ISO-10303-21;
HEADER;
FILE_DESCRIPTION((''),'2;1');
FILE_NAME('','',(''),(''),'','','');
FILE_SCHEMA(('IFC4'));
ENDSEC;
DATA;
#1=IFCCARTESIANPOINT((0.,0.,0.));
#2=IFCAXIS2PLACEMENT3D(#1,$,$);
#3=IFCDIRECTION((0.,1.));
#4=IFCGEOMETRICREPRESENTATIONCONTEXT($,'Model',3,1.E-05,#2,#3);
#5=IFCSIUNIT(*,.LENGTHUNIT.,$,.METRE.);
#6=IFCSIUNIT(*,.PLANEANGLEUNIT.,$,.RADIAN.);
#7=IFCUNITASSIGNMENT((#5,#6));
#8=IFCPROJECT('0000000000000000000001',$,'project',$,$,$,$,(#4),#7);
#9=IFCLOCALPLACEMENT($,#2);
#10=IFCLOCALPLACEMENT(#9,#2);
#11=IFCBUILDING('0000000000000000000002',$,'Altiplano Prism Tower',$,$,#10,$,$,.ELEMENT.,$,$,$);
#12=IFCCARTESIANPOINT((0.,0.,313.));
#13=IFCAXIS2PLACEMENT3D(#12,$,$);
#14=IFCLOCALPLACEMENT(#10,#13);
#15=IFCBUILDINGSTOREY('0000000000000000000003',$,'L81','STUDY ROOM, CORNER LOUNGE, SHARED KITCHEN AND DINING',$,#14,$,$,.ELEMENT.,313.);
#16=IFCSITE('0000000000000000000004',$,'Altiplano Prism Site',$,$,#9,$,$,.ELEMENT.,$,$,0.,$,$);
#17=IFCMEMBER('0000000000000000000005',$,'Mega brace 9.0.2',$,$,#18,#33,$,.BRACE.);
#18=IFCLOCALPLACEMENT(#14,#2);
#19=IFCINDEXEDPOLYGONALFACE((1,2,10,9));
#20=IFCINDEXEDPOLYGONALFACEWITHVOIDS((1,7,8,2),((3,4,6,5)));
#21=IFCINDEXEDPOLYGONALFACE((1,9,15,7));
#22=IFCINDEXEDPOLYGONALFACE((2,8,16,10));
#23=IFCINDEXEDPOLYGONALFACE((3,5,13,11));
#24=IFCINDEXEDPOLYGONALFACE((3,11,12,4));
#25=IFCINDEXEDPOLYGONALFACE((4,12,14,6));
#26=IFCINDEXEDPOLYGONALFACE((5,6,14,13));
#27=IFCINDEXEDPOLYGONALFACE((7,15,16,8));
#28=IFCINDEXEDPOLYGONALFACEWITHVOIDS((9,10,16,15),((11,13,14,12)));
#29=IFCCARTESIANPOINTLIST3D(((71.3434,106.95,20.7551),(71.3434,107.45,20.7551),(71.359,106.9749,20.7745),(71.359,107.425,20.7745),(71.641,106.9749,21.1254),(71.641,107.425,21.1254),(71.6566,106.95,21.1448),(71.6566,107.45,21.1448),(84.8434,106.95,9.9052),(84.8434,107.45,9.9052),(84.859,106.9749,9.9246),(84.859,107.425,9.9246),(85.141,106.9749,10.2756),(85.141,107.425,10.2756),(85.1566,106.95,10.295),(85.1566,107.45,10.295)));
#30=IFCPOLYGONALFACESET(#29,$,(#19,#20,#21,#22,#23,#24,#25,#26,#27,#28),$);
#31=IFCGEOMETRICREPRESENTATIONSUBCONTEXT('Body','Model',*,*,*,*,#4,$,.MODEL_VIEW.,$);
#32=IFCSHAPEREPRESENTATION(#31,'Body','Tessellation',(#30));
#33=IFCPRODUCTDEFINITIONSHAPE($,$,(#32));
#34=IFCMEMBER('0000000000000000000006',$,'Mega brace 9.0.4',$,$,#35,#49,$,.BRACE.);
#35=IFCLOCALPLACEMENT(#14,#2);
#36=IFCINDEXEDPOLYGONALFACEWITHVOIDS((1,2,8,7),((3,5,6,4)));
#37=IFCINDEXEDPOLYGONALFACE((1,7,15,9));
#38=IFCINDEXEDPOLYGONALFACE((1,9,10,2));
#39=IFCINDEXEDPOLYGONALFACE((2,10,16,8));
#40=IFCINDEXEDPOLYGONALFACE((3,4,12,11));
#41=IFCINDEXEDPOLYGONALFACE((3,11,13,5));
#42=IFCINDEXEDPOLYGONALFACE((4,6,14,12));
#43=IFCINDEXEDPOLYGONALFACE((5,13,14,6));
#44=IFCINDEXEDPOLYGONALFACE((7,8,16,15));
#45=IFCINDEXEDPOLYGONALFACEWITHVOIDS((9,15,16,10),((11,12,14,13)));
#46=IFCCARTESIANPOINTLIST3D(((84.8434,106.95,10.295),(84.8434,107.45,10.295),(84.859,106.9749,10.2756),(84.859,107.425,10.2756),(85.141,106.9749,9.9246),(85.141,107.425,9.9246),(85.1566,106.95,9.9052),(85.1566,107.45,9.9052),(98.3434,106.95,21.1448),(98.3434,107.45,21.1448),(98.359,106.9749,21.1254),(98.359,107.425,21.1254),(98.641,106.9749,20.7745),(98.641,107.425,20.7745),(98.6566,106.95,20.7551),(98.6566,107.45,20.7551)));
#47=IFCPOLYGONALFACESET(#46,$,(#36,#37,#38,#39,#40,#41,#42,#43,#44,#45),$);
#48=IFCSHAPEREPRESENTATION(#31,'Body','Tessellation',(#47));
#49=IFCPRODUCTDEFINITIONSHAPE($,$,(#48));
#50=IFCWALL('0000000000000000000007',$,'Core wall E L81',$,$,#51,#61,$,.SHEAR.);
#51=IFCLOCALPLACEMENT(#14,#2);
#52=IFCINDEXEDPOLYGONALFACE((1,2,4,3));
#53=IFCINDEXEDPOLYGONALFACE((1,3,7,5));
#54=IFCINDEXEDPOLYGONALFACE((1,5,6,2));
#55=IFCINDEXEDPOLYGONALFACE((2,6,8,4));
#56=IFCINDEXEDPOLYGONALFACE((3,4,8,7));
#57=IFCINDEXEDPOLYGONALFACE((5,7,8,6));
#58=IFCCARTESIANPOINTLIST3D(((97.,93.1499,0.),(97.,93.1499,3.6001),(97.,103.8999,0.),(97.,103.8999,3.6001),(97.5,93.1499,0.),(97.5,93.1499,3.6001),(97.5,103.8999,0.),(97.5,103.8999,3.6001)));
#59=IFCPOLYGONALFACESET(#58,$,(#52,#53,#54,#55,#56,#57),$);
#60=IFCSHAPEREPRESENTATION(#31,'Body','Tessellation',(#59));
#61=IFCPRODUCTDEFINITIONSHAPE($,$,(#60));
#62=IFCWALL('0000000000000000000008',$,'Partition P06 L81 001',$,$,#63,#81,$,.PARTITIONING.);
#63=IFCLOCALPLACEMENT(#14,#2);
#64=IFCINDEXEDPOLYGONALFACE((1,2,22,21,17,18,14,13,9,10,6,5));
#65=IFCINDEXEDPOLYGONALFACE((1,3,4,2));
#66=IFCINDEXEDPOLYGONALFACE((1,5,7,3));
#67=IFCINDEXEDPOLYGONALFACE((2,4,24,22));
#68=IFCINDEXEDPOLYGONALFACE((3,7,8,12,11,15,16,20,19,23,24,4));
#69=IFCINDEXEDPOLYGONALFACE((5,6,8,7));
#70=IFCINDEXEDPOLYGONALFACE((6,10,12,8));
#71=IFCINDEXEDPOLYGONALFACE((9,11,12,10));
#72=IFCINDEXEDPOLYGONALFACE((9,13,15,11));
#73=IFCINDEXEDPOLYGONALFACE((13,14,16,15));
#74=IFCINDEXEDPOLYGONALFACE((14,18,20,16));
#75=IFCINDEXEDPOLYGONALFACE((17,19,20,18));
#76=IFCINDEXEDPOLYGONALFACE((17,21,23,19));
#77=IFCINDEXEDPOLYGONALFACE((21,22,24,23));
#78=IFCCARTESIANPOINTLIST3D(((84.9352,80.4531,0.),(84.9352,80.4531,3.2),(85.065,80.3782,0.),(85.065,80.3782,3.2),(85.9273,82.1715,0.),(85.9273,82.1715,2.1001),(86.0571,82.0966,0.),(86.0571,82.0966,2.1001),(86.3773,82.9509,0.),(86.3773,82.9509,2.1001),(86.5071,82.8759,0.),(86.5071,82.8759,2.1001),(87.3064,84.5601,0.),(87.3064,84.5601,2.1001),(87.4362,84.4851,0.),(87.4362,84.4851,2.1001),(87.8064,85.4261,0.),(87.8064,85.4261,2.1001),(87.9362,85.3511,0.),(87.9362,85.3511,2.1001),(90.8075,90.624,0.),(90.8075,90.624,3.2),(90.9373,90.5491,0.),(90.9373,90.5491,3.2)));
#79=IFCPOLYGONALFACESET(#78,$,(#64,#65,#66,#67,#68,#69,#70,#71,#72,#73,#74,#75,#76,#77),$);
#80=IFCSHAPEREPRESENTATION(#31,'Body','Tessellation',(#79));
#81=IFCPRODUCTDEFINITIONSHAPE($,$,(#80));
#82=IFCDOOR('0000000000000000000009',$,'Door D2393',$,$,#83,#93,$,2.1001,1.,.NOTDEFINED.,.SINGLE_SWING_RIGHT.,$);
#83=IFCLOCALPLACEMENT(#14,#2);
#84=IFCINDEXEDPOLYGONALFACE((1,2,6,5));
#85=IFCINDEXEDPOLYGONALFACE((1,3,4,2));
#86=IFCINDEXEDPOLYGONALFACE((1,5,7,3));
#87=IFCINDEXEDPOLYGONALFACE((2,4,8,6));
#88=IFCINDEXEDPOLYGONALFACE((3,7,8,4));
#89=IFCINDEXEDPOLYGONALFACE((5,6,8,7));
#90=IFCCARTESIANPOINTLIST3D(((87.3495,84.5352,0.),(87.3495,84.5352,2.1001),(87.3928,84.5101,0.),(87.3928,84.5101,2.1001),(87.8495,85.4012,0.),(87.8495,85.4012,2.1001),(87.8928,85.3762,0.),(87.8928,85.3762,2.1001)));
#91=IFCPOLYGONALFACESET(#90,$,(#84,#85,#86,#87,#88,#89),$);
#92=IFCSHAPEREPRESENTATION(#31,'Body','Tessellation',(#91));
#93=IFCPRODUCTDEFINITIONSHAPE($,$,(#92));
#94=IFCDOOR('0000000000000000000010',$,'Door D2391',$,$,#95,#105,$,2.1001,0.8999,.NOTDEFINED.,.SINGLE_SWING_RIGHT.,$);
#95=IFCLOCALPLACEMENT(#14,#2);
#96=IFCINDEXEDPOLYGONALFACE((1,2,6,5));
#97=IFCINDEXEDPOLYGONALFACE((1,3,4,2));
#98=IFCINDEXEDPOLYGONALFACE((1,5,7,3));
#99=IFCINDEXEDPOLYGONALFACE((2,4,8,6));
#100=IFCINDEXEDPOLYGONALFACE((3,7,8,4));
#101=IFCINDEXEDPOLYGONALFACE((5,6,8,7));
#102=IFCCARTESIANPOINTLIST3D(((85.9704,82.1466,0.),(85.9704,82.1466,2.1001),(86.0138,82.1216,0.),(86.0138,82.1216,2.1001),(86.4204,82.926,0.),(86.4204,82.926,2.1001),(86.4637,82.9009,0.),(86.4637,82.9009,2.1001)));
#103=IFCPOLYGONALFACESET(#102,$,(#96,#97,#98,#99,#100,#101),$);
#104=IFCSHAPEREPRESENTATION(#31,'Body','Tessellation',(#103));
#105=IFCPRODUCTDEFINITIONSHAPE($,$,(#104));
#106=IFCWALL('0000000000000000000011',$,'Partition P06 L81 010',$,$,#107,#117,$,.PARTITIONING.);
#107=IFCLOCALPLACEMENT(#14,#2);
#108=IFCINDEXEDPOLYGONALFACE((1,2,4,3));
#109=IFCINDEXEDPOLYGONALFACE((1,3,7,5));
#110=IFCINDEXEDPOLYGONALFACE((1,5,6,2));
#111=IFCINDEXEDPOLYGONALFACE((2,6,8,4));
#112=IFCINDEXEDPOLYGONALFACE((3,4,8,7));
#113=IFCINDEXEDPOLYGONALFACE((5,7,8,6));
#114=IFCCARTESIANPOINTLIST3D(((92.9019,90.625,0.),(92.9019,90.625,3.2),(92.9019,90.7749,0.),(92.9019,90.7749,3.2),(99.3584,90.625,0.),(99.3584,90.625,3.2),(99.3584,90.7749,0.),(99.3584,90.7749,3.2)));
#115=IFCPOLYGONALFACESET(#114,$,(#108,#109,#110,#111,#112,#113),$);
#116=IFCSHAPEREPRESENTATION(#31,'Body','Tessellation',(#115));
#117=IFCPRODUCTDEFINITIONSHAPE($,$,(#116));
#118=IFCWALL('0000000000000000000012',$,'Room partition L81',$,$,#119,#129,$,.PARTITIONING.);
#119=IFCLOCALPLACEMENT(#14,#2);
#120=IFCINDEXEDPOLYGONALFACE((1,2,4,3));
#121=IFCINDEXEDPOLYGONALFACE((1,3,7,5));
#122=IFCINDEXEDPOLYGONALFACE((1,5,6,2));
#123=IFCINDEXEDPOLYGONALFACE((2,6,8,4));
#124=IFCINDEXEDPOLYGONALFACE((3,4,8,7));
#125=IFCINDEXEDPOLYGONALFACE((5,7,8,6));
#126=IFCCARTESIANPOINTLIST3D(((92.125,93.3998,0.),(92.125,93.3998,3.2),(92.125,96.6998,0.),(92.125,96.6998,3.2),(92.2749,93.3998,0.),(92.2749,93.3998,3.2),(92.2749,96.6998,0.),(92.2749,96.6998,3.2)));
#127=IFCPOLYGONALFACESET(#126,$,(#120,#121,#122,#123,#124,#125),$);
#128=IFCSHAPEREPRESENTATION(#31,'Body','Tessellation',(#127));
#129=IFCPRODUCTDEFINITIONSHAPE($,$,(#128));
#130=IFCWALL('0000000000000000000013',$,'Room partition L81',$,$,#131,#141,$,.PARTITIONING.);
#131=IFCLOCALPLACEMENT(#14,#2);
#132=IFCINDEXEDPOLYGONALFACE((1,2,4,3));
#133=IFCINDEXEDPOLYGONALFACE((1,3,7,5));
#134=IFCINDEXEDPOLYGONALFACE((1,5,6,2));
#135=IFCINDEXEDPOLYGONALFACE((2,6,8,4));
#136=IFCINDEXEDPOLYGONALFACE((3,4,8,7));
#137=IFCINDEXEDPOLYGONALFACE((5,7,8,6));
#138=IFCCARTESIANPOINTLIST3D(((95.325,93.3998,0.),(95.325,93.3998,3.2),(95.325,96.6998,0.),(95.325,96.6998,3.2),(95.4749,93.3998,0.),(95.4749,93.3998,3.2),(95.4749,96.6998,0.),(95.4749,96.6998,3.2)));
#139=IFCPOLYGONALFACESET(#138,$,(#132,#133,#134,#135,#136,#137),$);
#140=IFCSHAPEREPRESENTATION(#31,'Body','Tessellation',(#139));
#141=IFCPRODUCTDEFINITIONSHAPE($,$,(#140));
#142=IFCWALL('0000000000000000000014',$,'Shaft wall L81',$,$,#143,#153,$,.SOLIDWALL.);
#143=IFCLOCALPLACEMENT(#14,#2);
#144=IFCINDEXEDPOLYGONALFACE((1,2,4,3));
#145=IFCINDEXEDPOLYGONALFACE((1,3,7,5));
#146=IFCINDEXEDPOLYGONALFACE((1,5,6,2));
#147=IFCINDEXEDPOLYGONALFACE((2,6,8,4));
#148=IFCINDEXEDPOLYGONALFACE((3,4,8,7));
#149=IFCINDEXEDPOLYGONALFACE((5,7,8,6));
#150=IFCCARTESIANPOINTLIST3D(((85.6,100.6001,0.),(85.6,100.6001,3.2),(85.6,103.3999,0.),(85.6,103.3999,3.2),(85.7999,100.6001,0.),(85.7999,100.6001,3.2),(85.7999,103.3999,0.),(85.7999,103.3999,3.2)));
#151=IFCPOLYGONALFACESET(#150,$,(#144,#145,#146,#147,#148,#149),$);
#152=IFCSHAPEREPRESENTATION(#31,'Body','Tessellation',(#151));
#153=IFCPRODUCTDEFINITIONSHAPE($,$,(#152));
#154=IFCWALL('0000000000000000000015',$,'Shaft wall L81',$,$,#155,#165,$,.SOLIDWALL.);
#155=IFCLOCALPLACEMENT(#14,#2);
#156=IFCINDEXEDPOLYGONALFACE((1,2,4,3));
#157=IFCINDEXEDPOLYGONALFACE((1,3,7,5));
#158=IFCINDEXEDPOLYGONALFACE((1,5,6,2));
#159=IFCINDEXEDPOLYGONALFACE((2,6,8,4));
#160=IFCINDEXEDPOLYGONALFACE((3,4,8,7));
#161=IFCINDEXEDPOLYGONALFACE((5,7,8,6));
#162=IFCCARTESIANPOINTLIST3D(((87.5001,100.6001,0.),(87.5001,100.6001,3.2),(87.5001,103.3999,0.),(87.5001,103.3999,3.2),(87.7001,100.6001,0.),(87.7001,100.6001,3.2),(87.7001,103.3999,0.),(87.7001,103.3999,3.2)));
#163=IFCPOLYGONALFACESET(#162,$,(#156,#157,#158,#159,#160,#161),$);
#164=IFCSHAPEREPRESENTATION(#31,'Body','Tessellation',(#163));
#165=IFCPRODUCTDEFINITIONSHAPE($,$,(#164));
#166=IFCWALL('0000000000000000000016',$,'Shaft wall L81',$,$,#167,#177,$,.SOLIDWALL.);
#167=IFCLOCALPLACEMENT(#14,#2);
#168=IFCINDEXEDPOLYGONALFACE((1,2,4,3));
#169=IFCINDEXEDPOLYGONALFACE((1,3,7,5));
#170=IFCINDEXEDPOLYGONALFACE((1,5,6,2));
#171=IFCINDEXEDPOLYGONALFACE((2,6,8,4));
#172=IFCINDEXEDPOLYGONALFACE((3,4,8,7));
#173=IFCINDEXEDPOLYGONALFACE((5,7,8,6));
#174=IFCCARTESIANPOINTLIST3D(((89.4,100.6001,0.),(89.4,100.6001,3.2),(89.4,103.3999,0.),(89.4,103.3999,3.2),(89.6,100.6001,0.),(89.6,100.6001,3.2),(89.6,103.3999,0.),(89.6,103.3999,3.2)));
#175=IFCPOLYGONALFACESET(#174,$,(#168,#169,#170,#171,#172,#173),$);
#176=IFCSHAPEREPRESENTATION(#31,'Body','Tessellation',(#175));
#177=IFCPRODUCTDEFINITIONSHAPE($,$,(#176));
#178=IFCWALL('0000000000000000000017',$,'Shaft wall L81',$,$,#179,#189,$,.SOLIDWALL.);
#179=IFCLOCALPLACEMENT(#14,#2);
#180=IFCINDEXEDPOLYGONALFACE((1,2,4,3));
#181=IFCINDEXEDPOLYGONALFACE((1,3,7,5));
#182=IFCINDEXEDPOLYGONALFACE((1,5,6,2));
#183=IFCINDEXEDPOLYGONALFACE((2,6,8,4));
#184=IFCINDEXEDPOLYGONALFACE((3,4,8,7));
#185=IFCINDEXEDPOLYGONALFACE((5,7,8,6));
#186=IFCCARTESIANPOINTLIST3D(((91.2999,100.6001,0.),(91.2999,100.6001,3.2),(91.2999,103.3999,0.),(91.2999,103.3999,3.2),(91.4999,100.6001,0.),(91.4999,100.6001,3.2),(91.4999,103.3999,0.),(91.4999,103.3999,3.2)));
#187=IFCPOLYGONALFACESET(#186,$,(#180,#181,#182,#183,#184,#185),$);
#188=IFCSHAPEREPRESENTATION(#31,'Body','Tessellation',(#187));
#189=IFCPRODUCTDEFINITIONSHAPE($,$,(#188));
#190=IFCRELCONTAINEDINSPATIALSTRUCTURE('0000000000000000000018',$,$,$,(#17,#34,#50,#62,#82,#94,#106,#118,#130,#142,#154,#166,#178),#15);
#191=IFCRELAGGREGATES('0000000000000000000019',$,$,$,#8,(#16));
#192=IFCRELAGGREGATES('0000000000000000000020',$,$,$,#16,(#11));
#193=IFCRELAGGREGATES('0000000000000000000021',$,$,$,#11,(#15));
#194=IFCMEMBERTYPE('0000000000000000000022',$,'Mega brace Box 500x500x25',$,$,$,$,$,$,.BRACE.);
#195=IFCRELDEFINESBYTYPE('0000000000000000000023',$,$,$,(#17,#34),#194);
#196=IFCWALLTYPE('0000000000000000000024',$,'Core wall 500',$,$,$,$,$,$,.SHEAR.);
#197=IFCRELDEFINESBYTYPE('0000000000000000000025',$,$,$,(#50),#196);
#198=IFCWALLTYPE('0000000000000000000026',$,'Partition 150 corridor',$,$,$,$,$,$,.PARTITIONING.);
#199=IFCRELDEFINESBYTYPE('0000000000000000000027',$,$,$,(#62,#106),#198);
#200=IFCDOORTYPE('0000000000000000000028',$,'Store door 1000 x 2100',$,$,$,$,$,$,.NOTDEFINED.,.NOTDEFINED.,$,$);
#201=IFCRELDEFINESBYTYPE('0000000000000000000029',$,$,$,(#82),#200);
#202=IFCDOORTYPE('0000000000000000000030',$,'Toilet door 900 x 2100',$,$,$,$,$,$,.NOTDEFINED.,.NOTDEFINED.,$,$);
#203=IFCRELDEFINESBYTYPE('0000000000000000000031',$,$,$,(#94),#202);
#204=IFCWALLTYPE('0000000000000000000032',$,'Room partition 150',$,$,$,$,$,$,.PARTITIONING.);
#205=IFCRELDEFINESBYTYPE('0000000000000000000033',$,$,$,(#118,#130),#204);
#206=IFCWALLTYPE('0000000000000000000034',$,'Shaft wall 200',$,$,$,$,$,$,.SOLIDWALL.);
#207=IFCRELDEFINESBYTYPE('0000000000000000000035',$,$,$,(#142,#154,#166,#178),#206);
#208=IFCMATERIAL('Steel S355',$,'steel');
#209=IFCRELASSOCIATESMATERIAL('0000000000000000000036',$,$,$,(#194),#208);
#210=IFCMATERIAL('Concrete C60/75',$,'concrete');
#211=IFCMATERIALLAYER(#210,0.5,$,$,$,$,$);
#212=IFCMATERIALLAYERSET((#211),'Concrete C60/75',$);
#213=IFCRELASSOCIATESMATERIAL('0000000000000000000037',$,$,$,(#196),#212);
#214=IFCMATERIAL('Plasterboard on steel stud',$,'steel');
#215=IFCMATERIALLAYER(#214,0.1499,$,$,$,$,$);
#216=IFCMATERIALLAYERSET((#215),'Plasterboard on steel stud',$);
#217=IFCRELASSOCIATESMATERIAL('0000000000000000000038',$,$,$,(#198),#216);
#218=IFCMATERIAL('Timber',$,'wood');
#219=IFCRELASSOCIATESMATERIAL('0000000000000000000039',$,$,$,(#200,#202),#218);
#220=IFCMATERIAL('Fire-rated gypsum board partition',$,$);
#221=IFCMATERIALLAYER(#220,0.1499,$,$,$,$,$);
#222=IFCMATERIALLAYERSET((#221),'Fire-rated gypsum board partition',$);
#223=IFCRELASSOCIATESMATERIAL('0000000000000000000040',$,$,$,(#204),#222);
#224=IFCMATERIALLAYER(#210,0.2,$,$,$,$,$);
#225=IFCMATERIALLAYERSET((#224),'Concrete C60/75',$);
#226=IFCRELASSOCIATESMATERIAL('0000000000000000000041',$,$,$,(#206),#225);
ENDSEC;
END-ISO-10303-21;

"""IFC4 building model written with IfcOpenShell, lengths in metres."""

from ifc_helpers import new_model, si_unit, direction, frame, frame_2d, origin, origin_2d, place, context, subcontext, project, spatial, rectangle, hollow_rectangle, extrude, material, layer, layer_set, material_profile, profile_set, type_object, element, fill, save


model = new_model("IFC4")

# Units and contexts
model_context = context("Model", 3, precision=1e-05, world=origin(), true_north=direction((0.0, 1.0)))
body_context = subcontext(model_context, "Body", "Model", "MODEL_VIEW")
ifc_project = project(units=[si_unit("LENGTHUNIT", "METRE"), si_unit("PLANEANGLEUNIT", "RADIAN")], contexts=[model_context])

# Site, building, storey
site_placement = place(None, origin())
site = spatial("IfcSite", under=ifc_project, at=site_placement, Name="Altiplano Prism Site", CompositionType="ELEMENT", RefElevation=0.0)
building_placement = place(site_placement, origin())
building = spatial("IfcBuilding", under=site, at=building_placement, Name="Altiplano Prism Tower", CompositionType="ELEMENT")
storey_placement = place(building_placement, frame((0.0, 0.0, 313.0)))
storey = spatial("IfcBuildingStorey", under=building, at=storey_placement, Name="L81", Description="STUDY ROOM, CORNER LOUNGE, SHARED KITCHEN AND DINING", CompositionType="ELEMENT", Elevation=313.0)

# Members
ifc_material_1 = material(Name="Steel S355", Category="steel")
ifc_material_profile = material_profile(ifc_material_1, hollow_rectangle(XDim=0.5, YDim=0.5, WallThickness=0.0249, at=origin_2d()), Name="Mega brace Box 500x500x25")
ifc_profile_set = profile_set([ifc_material_profile], Name="Steel S355")
member_type = type_object("IfcMemberType", Name="Mega brace Box 500x500x25", PredefinedType="BRACE", material=ifc_profile_set)
for number, where, z_axis, x_axis, name in (
    (1, (85.0, 107.2, 10.1001), (-0.779463, 0.0, 0.626449), (0.0, -1.0, 0.0), "Mega brace 9.0.2"),
    (2, (85.0, 107.2, 10.1001), (0.779463, 0.0, 0.626449), (0.0, 1.0, 0.0), "Mega brace 9.0.4"),
):
    element("IfcMember", number, at=place(storey_placement, frame(where, z_axis=z_axis, x_axis=x_axis)), inside=storey, type_object=member_type, Name=name, PredefinedType="BRACE", context=body_context, shape_type="SweptSolid", body=[
        extrude(hollow_rectangle(XDim=0.5, YDim=0.5, WallThickness=0.0249, at=origin_2d()), origin(), (0.0, 0.0, 1.0), 17.3196),
    ])

# Wall
ifc_material_2 = material(Name="Concrete C60/75", Category="concrete")
ifc_layer_1 = layer(ifc_material_2, 0.5)
ifc_layer_set_1 = layer_set([ifc_layer_1], Name="Concrete C60/75")
wall_type_1 = type_object("IfcWallType", Name="Core wall 500", PredefinedType="SHEAR", material=ifc_layer_set_1)
wall_1_placement = place(storey_placement, frame((97.25, 93.1499, 0.0), z_axis=(0.0, 0.0, 1.0), x_axis=(0.0, 1.0, 0.0)))
element("IfcWall", 3, at=wall_1_placement, inside=storey, type_object=wall_type_1, Name="Core wall E L81", PredefinedType="SHEAR", context=body_context, shape_type="SweptSolid", body=[
    extrude(rectangle(XDim=10.75, YDim=0.5, at=frame_2d((5.375, 0.0))), origin(), (0.0, 0.0, 1.0), 3.6001),
])

# Wall, openings, doors
ifc_material_3 = material(Name="Plasterboard on steel stud", Category="steel")
ifc_layer_2 = layer(ifc_material_3, 0.1499)
ifc_layer_set_2 = layer_set([ifc_layer_2], Name="Plasterboard on steel stud")
wall_type_2 = type_object("IfcWallType", Name="Partition 150 corridor", PredefinedType="PARTITIONING", material=ifc_layer_set_2)
wall_2_placement = place(storey_placement, frame((90.8723, 90.5864, 0.0), z_axis=(0.0, 0.0, 1.0), x_axis=(-0.500009, -0.86602, 0.0)))
wall_2 = element("IfcWall", 4, at=wall_2_placement, inside=storey, type_object=wall_type_2, Name="Partition P06 L81 001", PredefinedType="PARTITIONING", context=body_context, shape_type="SweptSolid", body=[
    extrude(rectangle(XDim=11.7444, YDim=0.1499, at=frame_2d((5.8721, 0.0))), origin(), (0.0, 0.0, 1.0), 3.2),
])
opening_1_placement = place(wall_2_placement, frame((8.8601, 0.0, 0.0)))
opening_1 = element("IfcOpeningElement", 5, at=opening_1_placement, cuts=wall_2, PredefinedType="OPENING", context=body_context, shape_type="SweptSolid", body=[
    extrude(rectangle(XDim=0.8999, YDim=2.1001, at=frame_2d((0.45, 1.05))), frame((0.0, 0.0854, 0.0), z_axis=(0.0, -1.0, 0.0), x_axis=(1.0, 0.0, 0.0)), (0.0, 0.0, 1.0), 0.1709),
])
opening_2_placement = place(wall_2_placement, frame((6.002, 0.0, 0.0)))
opening_2 = element("IfcOpeningElement", 6, at=opening_2_placement, cuts=wall_2, PredefinedType="OPENING", context=body_context, shape_type="SweptSolid", body=[
    extrude(rectangle(XDim=1.0, YDim=2.1001, at=frame_2d((0.5, 1.05))), frame((0.0, 0.0854, 0.0), z_axis=(0.0, -1.0, 0.0), x_axis=(1.0, 0.0, 0.0)), (0.0, 0.0, 1.0), 0.1709),
])
ifc_material_4 = material(Name="Timber", Category="wood")
door_type_1 = type_object("IfcDoorType", Name="Store door 1000 x 2100", OperationType="NOTDEFINED", PredefinedType="NOTDEFINED", material=ifc_material_4)
door_1_placement = place(opening_2_placement, origin())
door_1 = element("IfcDoor", 7, at=door_1_placement, inside=storey, type_object=door_type_1, Name="Door D2393", OperationType="SINGLE_SWING_RIGHT", OverallHeight=2.1001, OverallWidth=1.0, PredefinedType="NOTDEFINED", context=body_context, shape_type="SweptSolid", body=[
    extrude(rectangle(XDim=1.0, YDim=2.1001, at=frame_2d((0.5, 1.05))), frame((0.0, 0.0249, 0.0), z_axis=(0.0, -1.0, 0.0), x_axis=(1.0, 0.0, 0.0)), (0.0, 0.0, 1.0), 0.05),
])
fill(opening_2, door_1)
door_type_2 = type_object("IfcDoorType", Name="Toilet door 900 x 2100", OperationType="NOTDEFINED", PredefinedType="NOTDEFINED", material=ifc_material_4)
door_2_placement = place(opening_1_placement, origin())
door_2 = element("IfcDoor", 8, at=door_2_placement, inside=storey, type_object=door_type_2, Name="Door D2391", OperationType="SINGLE_SWING_RIGHT", OverallHeight=2.1001, OverallWidth=0.8999, PredefinedType="NOTDEFINED", context=body_context, shape_type="SweptSolid", body=[
    extrude(rectangle(XDim=0.8999, YDim=2.1001, at=frame_2d((0.45, 1.05))), frame((0.0, 0.0249, 0.0), z_axis=(0.0, -1.0, 0.0), x_axis=(1.0, 0.0, 0.0)), (0.0, 0.0, 1.0), 0.05),
])
fill(opening_1, door_2)

# Walls
wall_3_placement = place(storey_placement, frame((92.9019, 90.7, 0.0), z_axis=(0.0, 0.0, 1.0), x_axis=(1.0, 0.0, 0.0)))
element("IfcWall", 9, at=wall_3_placement, inside=storey, type_object=wall_type_2, Name="Partition P06 L81 010", PredefinedType="PARTITIONING", context=body_context, shape_type="SweptSolid", body=[
    extrude(rectangle(XDim=6.4565, YDim=0.1499, at=frame_2d((3.2283, 0.0))), origin(), (0.0, 0.0, 1.0), 3.2),
])
ifc_material_5 = material(Name="Fire-rated gypsum board partition")
ifc_layer_3 = layer(ifc_material_5, 0.1499)
ifc_layer_set_3 = layer_set([ifc_layer_3], Name="Fire-rated gypsum board partition")
wall_type_3 = type_object("IfcWallType", Name="Room partition 150", PredefinedType="PARTITIONING", material=ifc_layer_set_3)
for number, where, z_axis, x_axis, name in (
    (10, (92.2, 93.3999, 0.0), (0.0, 0.0, 1.0), (0.0, 1.0, 0.0), "Room partition L81"),
    (11, (95.3999, 93.3999, 0.0), (0.0, 0.0, 1.0), (0.0, 1.0, 0.0), "Room partition L81"),
):
    element("IfcWall", number, at=place(storey_placement, frame(where, z_axis=z_axis, x_axis=x_axis)), inside=storey, type_object=wall_type_3, Name=name, PredefinedType="PARTITIONING", context=body_context, shape_type="SweptSolid", body=[
        extrude(rectangle(XDim=3.3, YDim=0.1499, at=frame_2d((1.6499, 0.0))), origin(), (0.0, 0.0, 1.0), 3.2),
    ])
ifc_layer_4 = layer(ifc_material_2, 0.2)
ifc_layer_set_4 = layer_set([ifc_layer_4], Name="Concrete C60/75")
wall_type_4 = type_object("IfcWallType", Name="Shaft wall 200", PredefinedType="SOLIDWALL", material=ifc_layer_set_4)
for number, where, z_axis, x_axis, name in (
    (12, (85.7, 100.6001, 0.0), (0.0, 0.0, 1.0), (0.0, 1.0, 0.0), "Shaft wall L81"),
    (13, (87.6001, 100.6001, 0.0), (0.0, 0.0, 1.0), (0.0, 1.0, 0.0), "Shaft wall L81"),
    (14, (89.5, 100.6001, 0.0), (0.0, 0.0, 1.0), (0.0, 1.0, 0.0), "Shaft wall L81"),
    (15, (91.3999, 100.6001, 0.0), (0.0, 0.0, 1.0), (0.0, 1.0, 0.0), "Shaft wall L81"),
):
    element("IfcWall", number, at=place(storey_placement, frame(where, z_axis=z_axis, x_axis=x_axis)), inside=storey, type_object=wall_type_4, Name=name, PredefinedType="SOLIDWALL", context=body_context, shape_type="SweptSolid", body=[
        extrude(rectangle(XDim=2.7998, YDim=0.2, at=frame_2d((1.3999, 0.0))), origin(), (0.0, 0.0, 1.0), 3.2),
    ])

save(model, "model.ifc")
